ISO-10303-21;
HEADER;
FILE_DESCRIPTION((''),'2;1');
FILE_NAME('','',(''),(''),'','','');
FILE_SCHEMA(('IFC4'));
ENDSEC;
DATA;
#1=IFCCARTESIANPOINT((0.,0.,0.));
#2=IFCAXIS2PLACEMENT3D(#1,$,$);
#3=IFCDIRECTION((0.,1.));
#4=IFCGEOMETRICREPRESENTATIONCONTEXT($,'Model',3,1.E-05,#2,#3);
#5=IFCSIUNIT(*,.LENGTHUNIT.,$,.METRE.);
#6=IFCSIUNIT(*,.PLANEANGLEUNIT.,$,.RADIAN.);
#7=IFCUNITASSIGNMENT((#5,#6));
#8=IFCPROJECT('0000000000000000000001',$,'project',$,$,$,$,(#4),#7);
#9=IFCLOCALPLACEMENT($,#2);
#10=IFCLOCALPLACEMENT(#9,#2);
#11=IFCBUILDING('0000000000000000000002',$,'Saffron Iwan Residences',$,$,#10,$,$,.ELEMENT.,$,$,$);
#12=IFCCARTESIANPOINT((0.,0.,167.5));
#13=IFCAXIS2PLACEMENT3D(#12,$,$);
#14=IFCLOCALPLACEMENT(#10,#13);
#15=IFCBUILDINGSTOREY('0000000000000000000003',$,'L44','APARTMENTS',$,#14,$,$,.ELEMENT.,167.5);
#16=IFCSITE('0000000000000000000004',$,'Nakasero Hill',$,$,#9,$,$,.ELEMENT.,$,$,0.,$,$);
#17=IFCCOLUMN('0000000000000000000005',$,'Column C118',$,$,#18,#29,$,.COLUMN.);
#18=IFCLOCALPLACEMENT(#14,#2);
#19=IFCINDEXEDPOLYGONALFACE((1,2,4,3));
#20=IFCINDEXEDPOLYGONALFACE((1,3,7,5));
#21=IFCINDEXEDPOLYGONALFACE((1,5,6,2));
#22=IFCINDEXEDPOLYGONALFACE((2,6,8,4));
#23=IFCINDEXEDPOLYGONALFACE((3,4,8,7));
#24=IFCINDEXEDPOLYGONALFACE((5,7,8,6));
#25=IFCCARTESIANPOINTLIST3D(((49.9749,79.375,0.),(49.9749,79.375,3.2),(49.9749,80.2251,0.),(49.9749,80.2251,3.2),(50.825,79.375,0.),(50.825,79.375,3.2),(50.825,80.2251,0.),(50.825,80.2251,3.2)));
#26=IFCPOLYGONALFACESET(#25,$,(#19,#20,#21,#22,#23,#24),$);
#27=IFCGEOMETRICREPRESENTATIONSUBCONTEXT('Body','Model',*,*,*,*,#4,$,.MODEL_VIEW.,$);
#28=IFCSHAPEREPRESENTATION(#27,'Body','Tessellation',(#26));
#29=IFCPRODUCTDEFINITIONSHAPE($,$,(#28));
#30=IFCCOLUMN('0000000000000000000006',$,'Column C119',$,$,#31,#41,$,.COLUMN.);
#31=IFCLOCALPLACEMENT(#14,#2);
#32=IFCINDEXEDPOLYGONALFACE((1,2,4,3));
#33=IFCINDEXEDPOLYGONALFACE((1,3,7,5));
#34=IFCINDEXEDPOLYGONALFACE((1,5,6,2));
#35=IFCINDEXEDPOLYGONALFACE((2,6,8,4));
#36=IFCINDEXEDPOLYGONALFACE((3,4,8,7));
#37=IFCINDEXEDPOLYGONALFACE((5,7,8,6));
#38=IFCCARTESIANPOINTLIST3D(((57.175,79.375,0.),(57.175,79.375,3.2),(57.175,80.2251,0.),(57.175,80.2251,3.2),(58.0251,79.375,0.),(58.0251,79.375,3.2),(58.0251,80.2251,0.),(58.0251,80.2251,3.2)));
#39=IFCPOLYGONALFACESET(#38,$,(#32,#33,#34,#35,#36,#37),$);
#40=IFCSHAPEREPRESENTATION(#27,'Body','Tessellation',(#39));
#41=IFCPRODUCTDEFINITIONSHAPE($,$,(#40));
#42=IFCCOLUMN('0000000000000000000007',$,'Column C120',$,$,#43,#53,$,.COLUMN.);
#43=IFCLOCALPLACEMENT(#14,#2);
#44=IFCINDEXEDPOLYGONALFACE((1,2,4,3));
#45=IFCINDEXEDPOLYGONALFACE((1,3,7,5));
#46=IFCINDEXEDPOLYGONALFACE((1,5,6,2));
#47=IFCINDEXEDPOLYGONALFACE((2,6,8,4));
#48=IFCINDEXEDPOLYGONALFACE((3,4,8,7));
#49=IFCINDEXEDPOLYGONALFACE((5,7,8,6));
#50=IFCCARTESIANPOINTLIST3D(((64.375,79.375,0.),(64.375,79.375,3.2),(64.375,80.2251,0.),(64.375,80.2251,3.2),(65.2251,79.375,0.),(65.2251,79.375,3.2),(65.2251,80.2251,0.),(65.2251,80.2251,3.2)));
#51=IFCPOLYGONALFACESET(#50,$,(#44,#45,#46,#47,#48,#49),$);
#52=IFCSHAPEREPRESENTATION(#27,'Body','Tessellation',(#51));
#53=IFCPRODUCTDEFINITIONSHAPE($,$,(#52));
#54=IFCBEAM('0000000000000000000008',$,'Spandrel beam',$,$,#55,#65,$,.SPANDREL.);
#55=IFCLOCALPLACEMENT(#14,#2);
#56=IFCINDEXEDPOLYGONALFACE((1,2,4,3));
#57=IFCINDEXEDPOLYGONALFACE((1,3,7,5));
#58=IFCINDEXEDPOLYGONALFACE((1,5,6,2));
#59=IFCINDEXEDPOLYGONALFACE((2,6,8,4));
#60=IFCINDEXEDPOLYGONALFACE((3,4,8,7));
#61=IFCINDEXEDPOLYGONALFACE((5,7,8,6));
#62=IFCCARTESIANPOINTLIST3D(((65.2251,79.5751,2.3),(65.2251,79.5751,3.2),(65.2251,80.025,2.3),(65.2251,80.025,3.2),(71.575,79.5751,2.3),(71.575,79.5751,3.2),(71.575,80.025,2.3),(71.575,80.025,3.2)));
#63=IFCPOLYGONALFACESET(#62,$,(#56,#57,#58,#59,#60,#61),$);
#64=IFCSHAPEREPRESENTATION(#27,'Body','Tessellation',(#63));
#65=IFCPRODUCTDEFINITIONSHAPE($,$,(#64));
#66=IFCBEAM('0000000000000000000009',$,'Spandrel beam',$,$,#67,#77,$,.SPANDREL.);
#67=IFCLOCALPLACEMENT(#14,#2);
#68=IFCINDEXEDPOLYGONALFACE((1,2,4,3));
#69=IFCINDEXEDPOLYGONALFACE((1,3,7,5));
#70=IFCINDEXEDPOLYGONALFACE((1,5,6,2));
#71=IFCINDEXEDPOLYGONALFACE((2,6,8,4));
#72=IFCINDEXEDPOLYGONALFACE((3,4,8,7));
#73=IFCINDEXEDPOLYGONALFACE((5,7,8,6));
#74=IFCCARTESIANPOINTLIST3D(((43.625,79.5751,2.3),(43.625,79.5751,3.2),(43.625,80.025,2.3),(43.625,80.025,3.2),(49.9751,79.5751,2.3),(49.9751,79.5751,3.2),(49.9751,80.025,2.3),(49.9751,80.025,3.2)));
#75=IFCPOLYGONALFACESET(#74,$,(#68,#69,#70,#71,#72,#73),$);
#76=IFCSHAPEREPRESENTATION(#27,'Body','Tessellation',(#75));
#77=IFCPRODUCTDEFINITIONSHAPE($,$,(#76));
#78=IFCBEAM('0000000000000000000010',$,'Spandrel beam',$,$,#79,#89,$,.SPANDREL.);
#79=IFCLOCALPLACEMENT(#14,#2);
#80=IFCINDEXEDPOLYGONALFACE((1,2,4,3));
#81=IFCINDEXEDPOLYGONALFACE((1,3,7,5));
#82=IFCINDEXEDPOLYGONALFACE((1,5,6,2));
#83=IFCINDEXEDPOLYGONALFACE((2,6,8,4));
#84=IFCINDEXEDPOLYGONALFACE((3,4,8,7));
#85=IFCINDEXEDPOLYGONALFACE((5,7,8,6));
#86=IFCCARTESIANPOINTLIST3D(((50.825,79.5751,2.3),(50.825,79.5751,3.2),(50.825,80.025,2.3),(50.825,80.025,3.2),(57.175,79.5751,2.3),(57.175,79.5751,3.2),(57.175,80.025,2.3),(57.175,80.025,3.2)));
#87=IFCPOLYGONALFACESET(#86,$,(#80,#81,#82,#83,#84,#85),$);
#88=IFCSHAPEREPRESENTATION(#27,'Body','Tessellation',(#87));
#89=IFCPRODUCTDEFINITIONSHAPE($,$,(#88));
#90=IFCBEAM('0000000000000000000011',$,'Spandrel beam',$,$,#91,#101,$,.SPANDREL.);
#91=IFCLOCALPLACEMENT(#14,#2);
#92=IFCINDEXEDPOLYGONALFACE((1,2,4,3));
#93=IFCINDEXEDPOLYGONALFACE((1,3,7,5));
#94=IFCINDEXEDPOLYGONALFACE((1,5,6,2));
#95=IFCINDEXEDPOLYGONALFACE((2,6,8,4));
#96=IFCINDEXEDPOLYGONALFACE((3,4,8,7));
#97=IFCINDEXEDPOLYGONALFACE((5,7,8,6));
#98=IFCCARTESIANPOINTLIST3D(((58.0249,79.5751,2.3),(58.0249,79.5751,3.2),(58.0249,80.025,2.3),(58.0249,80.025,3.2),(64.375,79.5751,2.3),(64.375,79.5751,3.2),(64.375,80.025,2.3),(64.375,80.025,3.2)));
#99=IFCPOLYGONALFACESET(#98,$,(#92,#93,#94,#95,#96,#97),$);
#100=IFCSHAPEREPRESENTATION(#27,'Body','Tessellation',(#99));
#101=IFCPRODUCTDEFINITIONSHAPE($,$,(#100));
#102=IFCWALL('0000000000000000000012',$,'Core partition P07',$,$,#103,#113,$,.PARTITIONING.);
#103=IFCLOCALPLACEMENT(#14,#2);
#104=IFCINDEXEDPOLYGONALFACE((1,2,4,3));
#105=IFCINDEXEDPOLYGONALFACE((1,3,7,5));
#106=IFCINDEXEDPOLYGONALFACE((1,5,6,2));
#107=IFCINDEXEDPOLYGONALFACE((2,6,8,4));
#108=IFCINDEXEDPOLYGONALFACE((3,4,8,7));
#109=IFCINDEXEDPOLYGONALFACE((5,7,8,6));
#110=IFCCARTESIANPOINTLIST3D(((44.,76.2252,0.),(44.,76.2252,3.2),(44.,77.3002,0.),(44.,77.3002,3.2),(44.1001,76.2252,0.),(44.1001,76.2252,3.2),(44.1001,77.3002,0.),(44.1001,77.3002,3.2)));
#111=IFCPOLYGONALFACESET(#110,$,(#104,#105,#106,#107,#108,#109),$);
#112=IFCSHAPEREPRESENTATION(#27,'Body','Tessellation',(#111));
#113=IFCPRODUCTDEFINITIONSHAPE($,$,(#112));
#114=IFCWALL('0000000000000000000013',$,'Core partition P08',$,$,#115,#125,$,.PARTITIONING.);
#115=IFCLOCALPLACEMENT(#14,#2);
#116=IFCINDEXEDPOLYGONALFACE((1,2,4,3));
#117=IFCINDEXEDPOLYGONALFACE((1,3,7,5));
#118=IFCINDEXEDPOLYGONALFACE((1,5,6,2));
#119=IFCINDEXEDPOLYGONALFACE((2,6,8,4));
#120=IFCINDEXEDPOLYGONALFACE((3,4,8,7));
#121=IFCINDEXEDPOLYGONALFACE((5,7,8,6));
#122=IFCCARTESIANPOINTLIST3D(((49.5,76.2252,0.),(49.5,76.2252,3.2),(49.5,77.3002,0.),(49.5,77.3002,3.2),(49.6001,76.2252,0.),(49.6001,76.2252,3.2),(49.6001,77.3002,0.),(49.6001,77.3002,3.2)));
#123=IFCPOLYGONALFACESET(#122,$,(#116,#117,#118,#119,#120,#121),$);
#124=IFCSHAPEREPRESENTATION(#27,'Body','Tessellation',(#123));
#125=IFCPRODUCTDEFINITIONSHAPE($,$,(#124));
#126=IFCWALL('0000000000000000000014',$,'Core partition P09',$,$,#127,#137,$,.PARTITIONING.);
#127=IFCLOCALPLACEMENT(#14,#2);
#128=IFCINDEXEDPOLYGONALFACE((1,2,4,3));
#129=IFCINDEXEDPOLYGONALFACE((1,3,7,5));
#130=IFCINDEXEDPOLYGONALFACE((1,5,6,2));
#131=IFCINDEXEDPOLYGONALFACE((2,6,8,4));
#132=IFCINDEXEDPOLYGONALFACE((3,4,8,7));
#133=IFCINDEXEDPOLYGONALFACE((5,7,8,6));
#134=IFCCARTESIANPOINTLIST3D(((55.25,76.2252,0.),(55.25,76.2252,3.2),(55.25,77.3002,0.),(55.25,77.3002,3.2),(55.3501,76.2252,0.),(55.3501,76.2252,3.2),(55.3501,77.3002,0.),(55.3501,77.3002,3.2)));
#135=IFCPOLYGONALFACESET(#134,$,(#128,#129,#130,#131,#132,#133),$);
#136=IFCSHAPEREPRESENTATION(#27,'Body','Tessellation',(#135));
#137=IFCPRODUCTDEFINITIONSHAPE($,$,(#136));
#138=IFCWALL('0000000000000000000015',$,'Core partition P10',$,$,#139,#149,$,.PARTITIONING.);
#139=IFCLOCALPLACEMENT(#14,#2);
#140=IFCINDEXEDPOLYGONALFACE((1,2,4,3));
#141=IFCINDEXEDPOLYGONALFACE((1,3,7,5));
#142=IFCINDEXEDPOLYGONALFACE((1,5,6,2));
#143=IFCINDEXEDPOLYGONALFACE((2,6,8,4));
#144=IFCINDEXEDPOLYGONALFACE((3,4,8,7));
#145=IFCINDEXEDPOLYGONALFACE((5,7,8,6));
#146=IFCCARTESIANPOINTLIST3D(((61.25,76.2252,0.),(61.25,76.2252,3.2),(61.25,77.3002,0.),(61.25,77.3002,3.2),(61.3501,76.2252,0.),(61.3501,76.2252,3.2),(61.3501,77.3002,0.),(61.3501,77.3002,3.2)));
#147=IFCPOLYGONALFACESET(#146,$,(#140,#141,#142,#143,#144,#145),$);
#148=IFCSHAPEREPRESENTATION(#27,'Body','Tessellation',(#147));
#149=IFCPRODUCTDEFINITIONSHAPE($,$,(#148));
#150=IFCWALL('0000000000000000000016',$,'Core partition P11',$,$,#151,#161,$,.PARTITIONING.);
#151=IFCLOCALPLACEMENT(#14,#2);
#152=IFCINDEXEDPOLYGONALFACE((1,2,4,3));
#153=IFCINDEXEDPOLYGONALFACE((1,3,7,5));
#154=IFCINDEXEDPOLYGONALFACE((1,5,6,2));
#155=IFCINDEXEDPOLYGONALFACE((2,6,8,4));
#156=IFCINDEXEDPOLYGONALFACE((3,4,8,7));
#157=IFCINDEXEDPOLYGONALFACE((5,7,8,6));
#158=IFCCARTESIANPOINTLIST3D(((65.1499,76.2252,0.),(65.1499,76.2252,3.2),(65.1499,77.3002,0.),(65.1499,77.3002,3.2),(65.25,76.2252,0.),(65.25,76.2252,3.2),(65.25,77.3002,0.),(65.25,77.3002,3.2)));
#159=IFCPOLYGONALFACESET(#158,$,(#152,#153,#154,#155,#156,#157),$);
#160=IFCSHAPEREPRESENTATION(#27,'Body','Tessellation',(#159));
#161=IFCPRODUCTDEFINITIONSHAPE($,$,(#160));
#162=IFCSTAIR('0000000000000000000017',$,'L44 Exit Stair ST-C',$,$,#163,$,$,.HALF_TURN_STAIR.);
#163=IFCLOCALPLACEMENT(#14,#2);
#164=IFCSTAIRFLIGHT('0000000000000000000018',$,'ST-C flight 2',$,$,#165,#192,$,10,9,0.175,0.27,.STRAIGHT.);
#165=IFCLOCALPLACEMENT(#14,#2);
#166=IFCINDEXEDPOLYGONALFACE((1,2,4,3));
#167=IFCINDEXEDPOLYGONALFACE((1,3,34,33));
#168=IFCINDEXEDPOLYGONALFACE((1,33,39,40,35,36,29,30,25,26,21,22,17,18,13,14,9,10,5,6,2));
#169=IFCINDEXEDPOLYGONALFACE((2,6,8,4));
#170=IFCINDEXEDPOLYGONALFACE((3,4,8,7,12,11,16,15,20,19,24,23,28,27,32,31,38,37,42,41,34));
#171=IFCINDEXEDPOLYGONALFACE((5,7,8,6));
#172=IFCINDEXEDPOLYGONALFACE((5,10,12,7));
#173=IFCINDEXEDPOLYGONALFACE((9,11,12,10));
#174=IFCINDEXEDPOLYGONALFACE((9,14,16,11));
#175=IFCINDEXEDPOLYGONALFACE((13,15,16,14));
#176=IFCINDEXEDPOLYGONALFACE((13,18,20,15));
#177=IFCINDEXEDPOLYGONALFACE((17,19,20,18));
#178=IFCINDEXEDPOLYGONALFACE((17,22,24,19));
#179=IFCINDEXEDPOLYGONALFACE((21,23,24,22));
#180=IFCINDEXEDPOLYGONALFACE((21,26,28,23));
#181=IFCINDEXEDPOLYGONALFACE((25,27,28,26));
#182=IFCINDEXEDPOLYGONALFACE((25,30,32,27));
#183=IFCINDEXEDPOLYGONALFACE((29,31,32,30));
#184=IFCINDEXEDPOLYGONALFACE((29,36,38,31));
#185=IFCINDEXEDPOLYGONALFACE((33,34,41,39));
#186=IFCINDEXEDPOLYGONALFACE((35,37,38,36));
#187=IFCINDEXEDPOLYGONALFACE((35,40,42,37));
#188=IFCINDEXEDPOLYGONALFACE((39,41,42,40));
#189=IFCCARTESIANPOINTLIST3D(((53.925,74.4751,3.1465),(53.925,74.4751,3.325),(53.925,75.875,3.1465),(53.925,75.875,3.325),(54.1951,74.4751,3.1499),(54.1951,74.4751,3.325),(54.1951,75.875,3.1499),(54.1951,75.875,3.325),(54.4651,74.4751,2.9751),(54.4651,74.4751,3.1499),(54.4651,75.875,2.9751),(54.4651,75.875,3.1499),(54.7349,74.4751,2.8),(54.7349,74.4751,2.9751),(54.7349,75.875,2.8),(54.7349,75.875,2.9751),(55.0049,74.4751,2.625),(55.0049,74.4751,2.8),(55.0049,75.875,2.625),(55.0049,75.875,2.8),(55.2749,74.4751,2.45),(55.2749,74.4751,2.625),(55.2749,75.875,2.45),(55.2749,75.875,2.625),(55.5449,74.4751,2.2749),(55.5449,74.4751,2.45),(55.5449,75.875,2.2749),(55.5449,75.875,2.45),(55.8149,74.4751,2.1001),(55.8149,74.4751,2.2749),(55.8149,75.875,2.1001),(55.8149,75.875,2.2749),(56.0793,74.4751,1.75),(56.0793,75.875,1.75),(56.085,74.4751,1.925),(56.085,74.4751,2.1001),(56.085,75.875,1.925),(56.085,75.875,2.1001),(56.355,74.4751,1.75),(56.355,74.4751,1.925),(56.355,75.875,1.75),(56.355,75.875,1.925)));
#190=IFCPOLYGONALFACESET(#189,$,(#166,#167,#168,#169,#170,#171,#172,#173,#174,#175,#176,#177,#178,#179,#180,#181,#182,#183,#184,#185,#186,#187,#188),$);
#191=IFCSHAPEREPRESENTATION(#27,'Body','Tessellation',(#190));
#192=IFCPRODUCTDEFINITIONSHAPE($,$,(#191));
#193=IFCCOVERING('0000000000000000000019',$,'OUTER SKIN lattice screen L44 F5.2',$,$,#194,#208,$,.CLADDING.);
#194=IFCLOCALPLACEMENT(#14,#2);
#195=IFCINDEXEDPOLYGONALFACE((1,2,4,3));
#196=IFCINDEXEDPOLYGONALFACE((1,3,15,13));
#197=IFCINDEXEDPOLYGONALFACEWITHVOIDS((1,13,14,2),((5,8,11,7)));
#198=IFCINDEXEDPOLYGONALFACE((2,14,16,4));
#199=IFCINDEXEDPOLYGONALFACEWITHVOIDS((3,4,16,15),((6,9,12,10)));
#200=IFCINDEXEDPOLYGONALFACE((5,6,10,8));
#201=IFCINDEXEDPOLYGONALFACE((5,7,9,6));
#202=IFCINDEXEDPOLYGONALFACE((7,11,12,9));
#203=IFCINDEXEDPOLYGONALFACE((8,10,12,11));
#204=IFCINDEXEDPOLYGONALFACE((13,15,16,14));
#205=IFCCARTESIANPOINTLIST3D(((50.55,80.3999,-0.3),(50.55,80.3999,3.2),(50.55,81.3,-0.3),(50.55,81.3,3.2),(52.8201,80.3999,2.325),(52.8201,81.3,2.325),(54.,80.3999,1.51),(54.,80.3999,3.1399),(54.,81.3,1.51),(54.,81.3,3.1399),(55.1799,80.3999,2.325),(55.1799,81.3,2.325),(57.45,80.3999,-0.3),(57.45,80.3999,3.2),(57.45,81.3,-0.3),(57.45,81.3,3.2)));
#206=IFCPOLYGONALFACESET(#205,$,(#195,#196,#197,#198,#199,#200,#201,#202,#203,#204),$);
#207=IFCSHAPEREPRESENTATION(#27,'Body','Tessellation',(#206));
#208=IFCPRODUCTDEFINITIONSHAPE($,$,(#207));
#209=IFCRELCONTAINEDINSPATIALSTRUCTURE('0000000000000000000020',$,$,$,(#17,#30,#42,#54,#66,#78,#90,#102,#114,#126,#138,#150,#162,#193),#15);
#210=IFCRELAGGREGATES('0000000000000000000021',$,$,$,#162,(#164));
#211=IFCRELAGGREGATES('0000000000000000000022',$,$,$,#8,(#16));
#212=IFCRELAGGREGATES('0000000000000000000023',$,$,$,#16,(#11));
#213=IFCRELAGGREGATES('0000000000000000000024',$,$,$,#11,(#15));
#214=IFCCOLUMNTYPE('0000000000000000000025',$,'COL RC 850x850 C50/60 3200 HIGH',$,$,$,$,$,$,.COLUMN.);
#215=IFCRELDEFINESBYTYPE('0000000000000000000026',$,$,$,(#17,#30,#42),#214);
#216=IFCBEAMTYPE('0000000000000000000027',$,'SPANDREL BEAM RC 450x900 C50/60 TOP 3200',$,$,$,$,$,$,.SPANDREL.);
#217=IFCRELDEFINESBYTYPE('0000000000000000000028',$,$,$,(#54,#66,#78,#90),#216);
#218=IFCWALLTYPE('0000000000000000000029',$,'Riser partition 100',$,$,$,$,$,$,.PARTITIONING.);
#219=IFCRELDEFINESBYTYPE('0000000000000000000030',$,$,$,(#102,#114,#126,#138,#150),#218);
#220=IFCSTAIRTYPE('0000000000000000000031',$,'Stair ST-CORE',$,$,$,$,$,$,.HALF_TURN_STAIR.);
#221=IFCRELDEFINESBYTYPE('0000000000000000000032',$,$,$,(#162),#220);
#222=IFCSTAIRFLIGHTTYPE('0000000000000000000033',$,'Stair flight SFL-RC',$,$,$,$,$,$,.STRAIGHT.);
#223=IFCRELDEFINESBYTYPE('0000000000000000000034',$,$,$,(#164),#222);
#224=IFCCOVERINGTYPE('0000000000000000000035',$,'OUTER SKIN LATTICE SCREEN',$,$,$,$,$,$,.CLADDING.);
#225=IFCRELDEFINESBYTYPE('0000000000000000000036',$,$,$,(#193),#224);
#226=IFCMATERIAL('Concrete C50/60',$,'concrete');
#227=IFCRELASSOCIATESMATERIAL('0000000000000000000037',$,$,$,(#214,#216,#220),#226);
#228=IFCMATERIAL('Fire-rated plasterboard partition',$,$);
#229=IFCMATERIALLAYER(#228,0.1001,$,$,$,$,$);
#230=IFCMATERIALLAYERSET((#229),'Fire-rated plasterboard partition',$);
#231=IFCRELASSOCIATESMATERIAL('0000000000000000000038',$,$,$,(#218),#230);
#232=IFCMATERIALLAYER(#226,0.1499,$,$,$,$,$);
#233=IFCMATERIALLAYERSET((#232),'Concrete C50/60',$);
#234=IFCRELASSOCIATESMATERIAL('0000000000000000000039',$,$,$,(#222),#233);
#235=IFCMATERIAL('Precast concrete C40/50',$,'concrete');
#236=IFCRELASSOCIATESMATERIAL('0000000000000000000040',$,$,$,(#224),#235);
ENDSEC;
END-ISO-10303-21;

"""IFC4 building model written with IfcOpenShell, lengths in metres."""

from ifc_helpers import new_model, si_unit, direction, frame, frame_2d, origin, origin_2d, place, context, subcontext, project, spatial, polyline, rectangle, outline, extrude, source, transform, mapped, material, layer, layer_set, material_profile, profile_set, type_object, element, aggregate, save


model = new_model("IFC4")

# Units and contexts
model_context = context("Model", 3, precision=1e-05, world=origin(), true_north=direction((0.0, 1.0)))
body_context = subcontext(model_context, "Body", "Model", "MODEL_VIEW")
ifc_project = project(units=[si_unit("LENGTHUNIT", "METRE"), si_unit("PLANEANGLEUNIT", "RADIAN")], contexts=[model_context])

# Site, building, storey
site_placement = place(None, origin())
site = spatial("IfcSite", under=ifc_project, at=site_placement, Name="Nakasero Hill", CompositionType="ELEMENT", RefElevation=0.0)
building_placement = place(site_placement, origin())
building = spatial("IfcBuilding", under=site, at=building_placement, Name="Saffron Iwan Residences", CompositionType="ELEMENT")
storey_placement = place(building_placement, frame((0.0, 0.0, 167.5)))
storey = spatial("IfcBuildingStorey", under=building, at=storey_placement, Name="L44", Description="APARTMENTS", CompositionType="ELEMENT", Elevation=167.5)

# Columns
ifc_material_1 = material(Name="Concrete C50/60", Category="concrete")
ifc_material_profile_1 = material_profile(ifc_material_1, rectangle(XDim=0.8501, YDim=0.8501, at=origin_2d()), Name="RC 850x850")
ifc_profile_set_1 = profile_set([ifc_material_profile_1], Name="Concrete C50/60")
column_type = type_object("IfcColumnType", Name="COL RC 850x850 C50/60 3200 HIGH", PredefinedType="COLUMN", material=ifc_profile_set_1)
shared_shape_1 = source(origin(), body_context, "Body", "SweptSolid", [
    extrude(rectangle(XDim=0.8501, YDim=0.8501, at=origin_2d()), origin(), (0.0, 0.0, 1.0), 3.2),
])
for number, where, z_axis, x_axis, name in (
    (1, (50.3999, 79.8, 0.0), (0.0, 0.0, 1.0), (1.0, 0.0, 0.0), "Column C118"),
    (2, (57.6001, 79.8, 0.0), (0.0, 0.0, 1.0), (1.0, 0.0, 0.0), "Column C119"),
    (3, (64.8, 79.8, 0.0), (0.0, 0.0, 1.0), (1.0, 0.0, 0.0), "Column C120"),
):
    element("IfcColumn", number, at=place(storey_placement, frame(where, z_axis=z_axis, x_axis=x_axis)), inside=storey, type_object=column_type, Name=name, PredefinedType="COLUMN", context=body_context, shape_type="MappedRepresentation", body=[
        mapped(shared_shape_1, transform((0.0, 0.0, 0.0))),
    ])

# Beams
ifc_material_profile_2 = material_profile(ifc_material_1, rectangle(XDim=0.45, YDim=0.8999, at=origin_2d()), Name="RC 450x900")
ifc_profile_set_2 = profile_set([ifc_material_profile_2], Name="Concrete C50/60")
beam_type = type_object("IfcBeamType", Name="SPANDREL BEAM RC 450x900 C50/60 TOP 3200", PredefinedType="SPANDREL", material=ifc_profile_set_2)
shared_shape_2 = source(origin(), body_context, "Body", "SweptSolid", [
    extrude(rectangle(XDim=0.45, YDim=0.8999, at=origin_2d()), origin(), (0.0, 0.0, 1.0), 6.3499),
])
beam_placement = place(storey_placement, frame((65.2251, 79.8, 2.75), z_axis=(1.0, 0.0, 0.0), x_axis=(0.0, 1.0, 0.0)))
element("IfcBeam", 4, at=beam_placement, inside=storey, type_object=beam_type, Name="Spandrel beam", PredefinedType="SPANDREL", context=body_context, shape_type="MappedRepresentation", body=[
    mapped(shared_shape_2, transform((0.0, 0.0, 0.0))),
])
shared_shape_3 = source(origin(), body_context, "Body", "SweptSolid", [
    extrude(rectangle(XDim=0.45, YDim=0.8999, at=origin_2d()), origin(), (0.0, 0.0, 1.0), 6.3501),
])
for number, where, z_axis, x_axis, name in (
    (5, (43.625, 79.8, 2.75), (1.0, 0.0, 0.0), (0.0, 1.0, 0.0), "Spandrel beam"),
    (6, (50.825, 79.8, 2.75), (1.0, 0.0, 0.0), (0.0, 1.0, 0.0), "Spandrel beam"),
    (7, (58.0249, 79.8, 2.75), (1.0, 0.0, 0.0), (0.0, 1.0, 0.0), "Spandrel beam"),
):
    element("IfcBeam", number, at=place(storey_placement, frame(where, z_axis=z_axis, x_axis=x_axis)), inside=storey, type_object=beam_type, Name=name, PredefinedType="SPANDREL", context=body_context, shape_type="MappedRepresentation", body=[
        mapped(shared_shape_3, transform((0.0, 0.0, 0.0))),
    ])

# Walls
ifc_material_2 = material(Name="Fire-rated plasterboard partition")
ifc_layer_1 = layer(ifc_material_2, 0.1001)
ifc_layer_set_1 = layer_set([ifc_layer_1], Name="Fire-rated plasterboard partition")
wall_type = type_object("IfcWallType", Name="Riser partition 100", PredefinedType="PARTITIONING", material=ifc_layer_set_1)
for number, where, z_axis, x_axis, name in (
    (8, (44.05, 76.2251, 0.0), (0.0, 0.0, 1.0), (0.0, 1.0, 0.0), "Core partition P07"),
    (9, (49.55, 76.2251, 0.0), (0.0, 0.0, 1.0), (0.0, 1.0, 0.0), "Core partition P08"),
    (10, (55.3, 76.2251, 0.0), (0.0, 0.0, 1.0), (0.0, 1.0, 0.0), "Core partition P09"),
    (11, (61.3, 76.2251, 0.0), (0.0, 0.0, 1.0), (0.0, 1.0, 0.0), "Core partition P10"),
    (12, (65.2, 76.2251, 0.0), (0.0, 0.0, 1.0), (0.0, 1.0, 0.0), "Core partition P11"),
):
    element("IfcWall", number, at=place(storey_placement, frame(where, z_axis=z_axis, x_axis=x_axis)), inside=storey, type_object=wall_type, Name=name, PredefinedType="PARTITIONING", context=body_context, shape_type="SweptSolid", body=[
        extrude(rectangle(XDim=1.075, YDim=0.1001, at=frame_2d((0.5376, 0.0))), origin(), (0.0, 0.0, 1.0), 3.2),
    ])

# Stair, stair flight
stair_type = type_object("IfcStairType", Name="Stair ST-CORE", PredefinedType="HALF_TURN_STAIR", material=ifc_material_1)
stair_placement = place(storey_placement, origin())
stair = element("IfcStair", 13, at=stair_placement, inside=storey, type_object=stair_type, Name="L44 Exit Stair ST-C", PredefinedType="HALF_TURN_STAIR")
ifc_layer_2 = layer(ifc_material_1, 0.1499)
ifc_layer_set_2 = layer_set([ifc_layer_2], Name="Concrete C50/60")
stair_flight_type = type_object("IfcStairFlightType", Name="Stair flight SFL-RC", PredefinedType="STRAIGHT", material=ifc_layer_set_2)
stair_flight_placement = place(storey_placement, frame((56.355, 75.175, 1.75), z_axis=(0.0, 0.0, 1.0), x_axis=(-1.0, 0.0, 0.0)))
stair_flight = element("IfcStairFlight", 14, at=stair_flight_placement, type_object=stair_flight_type, Name="ST-C flight 2", NumberOfRisers=10, NumberOfTreads=9, PredefinedType="STRAIGHT", RiserHeight=0.175, TreadLength=0.27, context=body_context, shape_type="SweptSolid", body=[
    extrude(outline(polyline([(0.0, 0.0), (0.0, 0.175), (0.27, 0.175), (0.27, 0.3501), (0.54, 0.3501), (0.54, 0.5249), (0.8101, 0.5249), (0.8101, 0.7), (1.0801, 0.7), (1.0801, 0.875), (1.3501, 0.875), (1.3501, 1.05), (1.6201, 1.05), (1.6201, 1.2251), (1.8899, 1.2251), (1.8899, 1.3999), (2.1599, 1.3999), (2.1599, 1.575), (2.4299, 1.575), (2.4299, 1.75), (2.4299, 1.3965), (0.2756, 0.0), (0.0, 0.0)])), frame((0.0, 0.7, 0.0), z_axis=(0.0, -1.0, 0.0), x_axis=(1.0, 0.0, 0.0)), (0.0, 0.0, 1.0), 1.3999),
])
aggregate(stair, [stair_flight])

# Covering
ifc_material_3 = material(Name="Precast concrete C40/50", Category="concrete")
covering_type_1 = type_object("IfcCoveringType", Name="OUTER SKIN LATTICE SCREEN", PredefinedType="CLADDING", material=ifc_material_3)
covering_placement = place(storey_placement, frame((57.45, 80.3999, -0.3), z_axis=(0.0, 1.0, 0.0), x_axis=(-1.0, 0.0, 0.0)))
element("IfcCovering", 15, at=covering_placement, inside=storey, type_object=covering_type_1, Name="OUTER SKIN lattice screen L44 F5.2", PredefinedType="CLADDING", context=body_context, shape_type="SweptSolid", body=[
    extrude(outline(polyline([(0.0, 0.0), (6.8999, 0.0), (6.8999, 3.5), (0.0, 3.5), (0.0, 0.0)]), holes=[polyline([(2.27, 2.625), (3.45, 1.8101), (4.6299, 2.625), (3.45, 3.4399), (2.27, 2.625)])]), origin(), (0.0, 0.0, 1.0), 0.9001),
])

save(model, "model.ifc")
